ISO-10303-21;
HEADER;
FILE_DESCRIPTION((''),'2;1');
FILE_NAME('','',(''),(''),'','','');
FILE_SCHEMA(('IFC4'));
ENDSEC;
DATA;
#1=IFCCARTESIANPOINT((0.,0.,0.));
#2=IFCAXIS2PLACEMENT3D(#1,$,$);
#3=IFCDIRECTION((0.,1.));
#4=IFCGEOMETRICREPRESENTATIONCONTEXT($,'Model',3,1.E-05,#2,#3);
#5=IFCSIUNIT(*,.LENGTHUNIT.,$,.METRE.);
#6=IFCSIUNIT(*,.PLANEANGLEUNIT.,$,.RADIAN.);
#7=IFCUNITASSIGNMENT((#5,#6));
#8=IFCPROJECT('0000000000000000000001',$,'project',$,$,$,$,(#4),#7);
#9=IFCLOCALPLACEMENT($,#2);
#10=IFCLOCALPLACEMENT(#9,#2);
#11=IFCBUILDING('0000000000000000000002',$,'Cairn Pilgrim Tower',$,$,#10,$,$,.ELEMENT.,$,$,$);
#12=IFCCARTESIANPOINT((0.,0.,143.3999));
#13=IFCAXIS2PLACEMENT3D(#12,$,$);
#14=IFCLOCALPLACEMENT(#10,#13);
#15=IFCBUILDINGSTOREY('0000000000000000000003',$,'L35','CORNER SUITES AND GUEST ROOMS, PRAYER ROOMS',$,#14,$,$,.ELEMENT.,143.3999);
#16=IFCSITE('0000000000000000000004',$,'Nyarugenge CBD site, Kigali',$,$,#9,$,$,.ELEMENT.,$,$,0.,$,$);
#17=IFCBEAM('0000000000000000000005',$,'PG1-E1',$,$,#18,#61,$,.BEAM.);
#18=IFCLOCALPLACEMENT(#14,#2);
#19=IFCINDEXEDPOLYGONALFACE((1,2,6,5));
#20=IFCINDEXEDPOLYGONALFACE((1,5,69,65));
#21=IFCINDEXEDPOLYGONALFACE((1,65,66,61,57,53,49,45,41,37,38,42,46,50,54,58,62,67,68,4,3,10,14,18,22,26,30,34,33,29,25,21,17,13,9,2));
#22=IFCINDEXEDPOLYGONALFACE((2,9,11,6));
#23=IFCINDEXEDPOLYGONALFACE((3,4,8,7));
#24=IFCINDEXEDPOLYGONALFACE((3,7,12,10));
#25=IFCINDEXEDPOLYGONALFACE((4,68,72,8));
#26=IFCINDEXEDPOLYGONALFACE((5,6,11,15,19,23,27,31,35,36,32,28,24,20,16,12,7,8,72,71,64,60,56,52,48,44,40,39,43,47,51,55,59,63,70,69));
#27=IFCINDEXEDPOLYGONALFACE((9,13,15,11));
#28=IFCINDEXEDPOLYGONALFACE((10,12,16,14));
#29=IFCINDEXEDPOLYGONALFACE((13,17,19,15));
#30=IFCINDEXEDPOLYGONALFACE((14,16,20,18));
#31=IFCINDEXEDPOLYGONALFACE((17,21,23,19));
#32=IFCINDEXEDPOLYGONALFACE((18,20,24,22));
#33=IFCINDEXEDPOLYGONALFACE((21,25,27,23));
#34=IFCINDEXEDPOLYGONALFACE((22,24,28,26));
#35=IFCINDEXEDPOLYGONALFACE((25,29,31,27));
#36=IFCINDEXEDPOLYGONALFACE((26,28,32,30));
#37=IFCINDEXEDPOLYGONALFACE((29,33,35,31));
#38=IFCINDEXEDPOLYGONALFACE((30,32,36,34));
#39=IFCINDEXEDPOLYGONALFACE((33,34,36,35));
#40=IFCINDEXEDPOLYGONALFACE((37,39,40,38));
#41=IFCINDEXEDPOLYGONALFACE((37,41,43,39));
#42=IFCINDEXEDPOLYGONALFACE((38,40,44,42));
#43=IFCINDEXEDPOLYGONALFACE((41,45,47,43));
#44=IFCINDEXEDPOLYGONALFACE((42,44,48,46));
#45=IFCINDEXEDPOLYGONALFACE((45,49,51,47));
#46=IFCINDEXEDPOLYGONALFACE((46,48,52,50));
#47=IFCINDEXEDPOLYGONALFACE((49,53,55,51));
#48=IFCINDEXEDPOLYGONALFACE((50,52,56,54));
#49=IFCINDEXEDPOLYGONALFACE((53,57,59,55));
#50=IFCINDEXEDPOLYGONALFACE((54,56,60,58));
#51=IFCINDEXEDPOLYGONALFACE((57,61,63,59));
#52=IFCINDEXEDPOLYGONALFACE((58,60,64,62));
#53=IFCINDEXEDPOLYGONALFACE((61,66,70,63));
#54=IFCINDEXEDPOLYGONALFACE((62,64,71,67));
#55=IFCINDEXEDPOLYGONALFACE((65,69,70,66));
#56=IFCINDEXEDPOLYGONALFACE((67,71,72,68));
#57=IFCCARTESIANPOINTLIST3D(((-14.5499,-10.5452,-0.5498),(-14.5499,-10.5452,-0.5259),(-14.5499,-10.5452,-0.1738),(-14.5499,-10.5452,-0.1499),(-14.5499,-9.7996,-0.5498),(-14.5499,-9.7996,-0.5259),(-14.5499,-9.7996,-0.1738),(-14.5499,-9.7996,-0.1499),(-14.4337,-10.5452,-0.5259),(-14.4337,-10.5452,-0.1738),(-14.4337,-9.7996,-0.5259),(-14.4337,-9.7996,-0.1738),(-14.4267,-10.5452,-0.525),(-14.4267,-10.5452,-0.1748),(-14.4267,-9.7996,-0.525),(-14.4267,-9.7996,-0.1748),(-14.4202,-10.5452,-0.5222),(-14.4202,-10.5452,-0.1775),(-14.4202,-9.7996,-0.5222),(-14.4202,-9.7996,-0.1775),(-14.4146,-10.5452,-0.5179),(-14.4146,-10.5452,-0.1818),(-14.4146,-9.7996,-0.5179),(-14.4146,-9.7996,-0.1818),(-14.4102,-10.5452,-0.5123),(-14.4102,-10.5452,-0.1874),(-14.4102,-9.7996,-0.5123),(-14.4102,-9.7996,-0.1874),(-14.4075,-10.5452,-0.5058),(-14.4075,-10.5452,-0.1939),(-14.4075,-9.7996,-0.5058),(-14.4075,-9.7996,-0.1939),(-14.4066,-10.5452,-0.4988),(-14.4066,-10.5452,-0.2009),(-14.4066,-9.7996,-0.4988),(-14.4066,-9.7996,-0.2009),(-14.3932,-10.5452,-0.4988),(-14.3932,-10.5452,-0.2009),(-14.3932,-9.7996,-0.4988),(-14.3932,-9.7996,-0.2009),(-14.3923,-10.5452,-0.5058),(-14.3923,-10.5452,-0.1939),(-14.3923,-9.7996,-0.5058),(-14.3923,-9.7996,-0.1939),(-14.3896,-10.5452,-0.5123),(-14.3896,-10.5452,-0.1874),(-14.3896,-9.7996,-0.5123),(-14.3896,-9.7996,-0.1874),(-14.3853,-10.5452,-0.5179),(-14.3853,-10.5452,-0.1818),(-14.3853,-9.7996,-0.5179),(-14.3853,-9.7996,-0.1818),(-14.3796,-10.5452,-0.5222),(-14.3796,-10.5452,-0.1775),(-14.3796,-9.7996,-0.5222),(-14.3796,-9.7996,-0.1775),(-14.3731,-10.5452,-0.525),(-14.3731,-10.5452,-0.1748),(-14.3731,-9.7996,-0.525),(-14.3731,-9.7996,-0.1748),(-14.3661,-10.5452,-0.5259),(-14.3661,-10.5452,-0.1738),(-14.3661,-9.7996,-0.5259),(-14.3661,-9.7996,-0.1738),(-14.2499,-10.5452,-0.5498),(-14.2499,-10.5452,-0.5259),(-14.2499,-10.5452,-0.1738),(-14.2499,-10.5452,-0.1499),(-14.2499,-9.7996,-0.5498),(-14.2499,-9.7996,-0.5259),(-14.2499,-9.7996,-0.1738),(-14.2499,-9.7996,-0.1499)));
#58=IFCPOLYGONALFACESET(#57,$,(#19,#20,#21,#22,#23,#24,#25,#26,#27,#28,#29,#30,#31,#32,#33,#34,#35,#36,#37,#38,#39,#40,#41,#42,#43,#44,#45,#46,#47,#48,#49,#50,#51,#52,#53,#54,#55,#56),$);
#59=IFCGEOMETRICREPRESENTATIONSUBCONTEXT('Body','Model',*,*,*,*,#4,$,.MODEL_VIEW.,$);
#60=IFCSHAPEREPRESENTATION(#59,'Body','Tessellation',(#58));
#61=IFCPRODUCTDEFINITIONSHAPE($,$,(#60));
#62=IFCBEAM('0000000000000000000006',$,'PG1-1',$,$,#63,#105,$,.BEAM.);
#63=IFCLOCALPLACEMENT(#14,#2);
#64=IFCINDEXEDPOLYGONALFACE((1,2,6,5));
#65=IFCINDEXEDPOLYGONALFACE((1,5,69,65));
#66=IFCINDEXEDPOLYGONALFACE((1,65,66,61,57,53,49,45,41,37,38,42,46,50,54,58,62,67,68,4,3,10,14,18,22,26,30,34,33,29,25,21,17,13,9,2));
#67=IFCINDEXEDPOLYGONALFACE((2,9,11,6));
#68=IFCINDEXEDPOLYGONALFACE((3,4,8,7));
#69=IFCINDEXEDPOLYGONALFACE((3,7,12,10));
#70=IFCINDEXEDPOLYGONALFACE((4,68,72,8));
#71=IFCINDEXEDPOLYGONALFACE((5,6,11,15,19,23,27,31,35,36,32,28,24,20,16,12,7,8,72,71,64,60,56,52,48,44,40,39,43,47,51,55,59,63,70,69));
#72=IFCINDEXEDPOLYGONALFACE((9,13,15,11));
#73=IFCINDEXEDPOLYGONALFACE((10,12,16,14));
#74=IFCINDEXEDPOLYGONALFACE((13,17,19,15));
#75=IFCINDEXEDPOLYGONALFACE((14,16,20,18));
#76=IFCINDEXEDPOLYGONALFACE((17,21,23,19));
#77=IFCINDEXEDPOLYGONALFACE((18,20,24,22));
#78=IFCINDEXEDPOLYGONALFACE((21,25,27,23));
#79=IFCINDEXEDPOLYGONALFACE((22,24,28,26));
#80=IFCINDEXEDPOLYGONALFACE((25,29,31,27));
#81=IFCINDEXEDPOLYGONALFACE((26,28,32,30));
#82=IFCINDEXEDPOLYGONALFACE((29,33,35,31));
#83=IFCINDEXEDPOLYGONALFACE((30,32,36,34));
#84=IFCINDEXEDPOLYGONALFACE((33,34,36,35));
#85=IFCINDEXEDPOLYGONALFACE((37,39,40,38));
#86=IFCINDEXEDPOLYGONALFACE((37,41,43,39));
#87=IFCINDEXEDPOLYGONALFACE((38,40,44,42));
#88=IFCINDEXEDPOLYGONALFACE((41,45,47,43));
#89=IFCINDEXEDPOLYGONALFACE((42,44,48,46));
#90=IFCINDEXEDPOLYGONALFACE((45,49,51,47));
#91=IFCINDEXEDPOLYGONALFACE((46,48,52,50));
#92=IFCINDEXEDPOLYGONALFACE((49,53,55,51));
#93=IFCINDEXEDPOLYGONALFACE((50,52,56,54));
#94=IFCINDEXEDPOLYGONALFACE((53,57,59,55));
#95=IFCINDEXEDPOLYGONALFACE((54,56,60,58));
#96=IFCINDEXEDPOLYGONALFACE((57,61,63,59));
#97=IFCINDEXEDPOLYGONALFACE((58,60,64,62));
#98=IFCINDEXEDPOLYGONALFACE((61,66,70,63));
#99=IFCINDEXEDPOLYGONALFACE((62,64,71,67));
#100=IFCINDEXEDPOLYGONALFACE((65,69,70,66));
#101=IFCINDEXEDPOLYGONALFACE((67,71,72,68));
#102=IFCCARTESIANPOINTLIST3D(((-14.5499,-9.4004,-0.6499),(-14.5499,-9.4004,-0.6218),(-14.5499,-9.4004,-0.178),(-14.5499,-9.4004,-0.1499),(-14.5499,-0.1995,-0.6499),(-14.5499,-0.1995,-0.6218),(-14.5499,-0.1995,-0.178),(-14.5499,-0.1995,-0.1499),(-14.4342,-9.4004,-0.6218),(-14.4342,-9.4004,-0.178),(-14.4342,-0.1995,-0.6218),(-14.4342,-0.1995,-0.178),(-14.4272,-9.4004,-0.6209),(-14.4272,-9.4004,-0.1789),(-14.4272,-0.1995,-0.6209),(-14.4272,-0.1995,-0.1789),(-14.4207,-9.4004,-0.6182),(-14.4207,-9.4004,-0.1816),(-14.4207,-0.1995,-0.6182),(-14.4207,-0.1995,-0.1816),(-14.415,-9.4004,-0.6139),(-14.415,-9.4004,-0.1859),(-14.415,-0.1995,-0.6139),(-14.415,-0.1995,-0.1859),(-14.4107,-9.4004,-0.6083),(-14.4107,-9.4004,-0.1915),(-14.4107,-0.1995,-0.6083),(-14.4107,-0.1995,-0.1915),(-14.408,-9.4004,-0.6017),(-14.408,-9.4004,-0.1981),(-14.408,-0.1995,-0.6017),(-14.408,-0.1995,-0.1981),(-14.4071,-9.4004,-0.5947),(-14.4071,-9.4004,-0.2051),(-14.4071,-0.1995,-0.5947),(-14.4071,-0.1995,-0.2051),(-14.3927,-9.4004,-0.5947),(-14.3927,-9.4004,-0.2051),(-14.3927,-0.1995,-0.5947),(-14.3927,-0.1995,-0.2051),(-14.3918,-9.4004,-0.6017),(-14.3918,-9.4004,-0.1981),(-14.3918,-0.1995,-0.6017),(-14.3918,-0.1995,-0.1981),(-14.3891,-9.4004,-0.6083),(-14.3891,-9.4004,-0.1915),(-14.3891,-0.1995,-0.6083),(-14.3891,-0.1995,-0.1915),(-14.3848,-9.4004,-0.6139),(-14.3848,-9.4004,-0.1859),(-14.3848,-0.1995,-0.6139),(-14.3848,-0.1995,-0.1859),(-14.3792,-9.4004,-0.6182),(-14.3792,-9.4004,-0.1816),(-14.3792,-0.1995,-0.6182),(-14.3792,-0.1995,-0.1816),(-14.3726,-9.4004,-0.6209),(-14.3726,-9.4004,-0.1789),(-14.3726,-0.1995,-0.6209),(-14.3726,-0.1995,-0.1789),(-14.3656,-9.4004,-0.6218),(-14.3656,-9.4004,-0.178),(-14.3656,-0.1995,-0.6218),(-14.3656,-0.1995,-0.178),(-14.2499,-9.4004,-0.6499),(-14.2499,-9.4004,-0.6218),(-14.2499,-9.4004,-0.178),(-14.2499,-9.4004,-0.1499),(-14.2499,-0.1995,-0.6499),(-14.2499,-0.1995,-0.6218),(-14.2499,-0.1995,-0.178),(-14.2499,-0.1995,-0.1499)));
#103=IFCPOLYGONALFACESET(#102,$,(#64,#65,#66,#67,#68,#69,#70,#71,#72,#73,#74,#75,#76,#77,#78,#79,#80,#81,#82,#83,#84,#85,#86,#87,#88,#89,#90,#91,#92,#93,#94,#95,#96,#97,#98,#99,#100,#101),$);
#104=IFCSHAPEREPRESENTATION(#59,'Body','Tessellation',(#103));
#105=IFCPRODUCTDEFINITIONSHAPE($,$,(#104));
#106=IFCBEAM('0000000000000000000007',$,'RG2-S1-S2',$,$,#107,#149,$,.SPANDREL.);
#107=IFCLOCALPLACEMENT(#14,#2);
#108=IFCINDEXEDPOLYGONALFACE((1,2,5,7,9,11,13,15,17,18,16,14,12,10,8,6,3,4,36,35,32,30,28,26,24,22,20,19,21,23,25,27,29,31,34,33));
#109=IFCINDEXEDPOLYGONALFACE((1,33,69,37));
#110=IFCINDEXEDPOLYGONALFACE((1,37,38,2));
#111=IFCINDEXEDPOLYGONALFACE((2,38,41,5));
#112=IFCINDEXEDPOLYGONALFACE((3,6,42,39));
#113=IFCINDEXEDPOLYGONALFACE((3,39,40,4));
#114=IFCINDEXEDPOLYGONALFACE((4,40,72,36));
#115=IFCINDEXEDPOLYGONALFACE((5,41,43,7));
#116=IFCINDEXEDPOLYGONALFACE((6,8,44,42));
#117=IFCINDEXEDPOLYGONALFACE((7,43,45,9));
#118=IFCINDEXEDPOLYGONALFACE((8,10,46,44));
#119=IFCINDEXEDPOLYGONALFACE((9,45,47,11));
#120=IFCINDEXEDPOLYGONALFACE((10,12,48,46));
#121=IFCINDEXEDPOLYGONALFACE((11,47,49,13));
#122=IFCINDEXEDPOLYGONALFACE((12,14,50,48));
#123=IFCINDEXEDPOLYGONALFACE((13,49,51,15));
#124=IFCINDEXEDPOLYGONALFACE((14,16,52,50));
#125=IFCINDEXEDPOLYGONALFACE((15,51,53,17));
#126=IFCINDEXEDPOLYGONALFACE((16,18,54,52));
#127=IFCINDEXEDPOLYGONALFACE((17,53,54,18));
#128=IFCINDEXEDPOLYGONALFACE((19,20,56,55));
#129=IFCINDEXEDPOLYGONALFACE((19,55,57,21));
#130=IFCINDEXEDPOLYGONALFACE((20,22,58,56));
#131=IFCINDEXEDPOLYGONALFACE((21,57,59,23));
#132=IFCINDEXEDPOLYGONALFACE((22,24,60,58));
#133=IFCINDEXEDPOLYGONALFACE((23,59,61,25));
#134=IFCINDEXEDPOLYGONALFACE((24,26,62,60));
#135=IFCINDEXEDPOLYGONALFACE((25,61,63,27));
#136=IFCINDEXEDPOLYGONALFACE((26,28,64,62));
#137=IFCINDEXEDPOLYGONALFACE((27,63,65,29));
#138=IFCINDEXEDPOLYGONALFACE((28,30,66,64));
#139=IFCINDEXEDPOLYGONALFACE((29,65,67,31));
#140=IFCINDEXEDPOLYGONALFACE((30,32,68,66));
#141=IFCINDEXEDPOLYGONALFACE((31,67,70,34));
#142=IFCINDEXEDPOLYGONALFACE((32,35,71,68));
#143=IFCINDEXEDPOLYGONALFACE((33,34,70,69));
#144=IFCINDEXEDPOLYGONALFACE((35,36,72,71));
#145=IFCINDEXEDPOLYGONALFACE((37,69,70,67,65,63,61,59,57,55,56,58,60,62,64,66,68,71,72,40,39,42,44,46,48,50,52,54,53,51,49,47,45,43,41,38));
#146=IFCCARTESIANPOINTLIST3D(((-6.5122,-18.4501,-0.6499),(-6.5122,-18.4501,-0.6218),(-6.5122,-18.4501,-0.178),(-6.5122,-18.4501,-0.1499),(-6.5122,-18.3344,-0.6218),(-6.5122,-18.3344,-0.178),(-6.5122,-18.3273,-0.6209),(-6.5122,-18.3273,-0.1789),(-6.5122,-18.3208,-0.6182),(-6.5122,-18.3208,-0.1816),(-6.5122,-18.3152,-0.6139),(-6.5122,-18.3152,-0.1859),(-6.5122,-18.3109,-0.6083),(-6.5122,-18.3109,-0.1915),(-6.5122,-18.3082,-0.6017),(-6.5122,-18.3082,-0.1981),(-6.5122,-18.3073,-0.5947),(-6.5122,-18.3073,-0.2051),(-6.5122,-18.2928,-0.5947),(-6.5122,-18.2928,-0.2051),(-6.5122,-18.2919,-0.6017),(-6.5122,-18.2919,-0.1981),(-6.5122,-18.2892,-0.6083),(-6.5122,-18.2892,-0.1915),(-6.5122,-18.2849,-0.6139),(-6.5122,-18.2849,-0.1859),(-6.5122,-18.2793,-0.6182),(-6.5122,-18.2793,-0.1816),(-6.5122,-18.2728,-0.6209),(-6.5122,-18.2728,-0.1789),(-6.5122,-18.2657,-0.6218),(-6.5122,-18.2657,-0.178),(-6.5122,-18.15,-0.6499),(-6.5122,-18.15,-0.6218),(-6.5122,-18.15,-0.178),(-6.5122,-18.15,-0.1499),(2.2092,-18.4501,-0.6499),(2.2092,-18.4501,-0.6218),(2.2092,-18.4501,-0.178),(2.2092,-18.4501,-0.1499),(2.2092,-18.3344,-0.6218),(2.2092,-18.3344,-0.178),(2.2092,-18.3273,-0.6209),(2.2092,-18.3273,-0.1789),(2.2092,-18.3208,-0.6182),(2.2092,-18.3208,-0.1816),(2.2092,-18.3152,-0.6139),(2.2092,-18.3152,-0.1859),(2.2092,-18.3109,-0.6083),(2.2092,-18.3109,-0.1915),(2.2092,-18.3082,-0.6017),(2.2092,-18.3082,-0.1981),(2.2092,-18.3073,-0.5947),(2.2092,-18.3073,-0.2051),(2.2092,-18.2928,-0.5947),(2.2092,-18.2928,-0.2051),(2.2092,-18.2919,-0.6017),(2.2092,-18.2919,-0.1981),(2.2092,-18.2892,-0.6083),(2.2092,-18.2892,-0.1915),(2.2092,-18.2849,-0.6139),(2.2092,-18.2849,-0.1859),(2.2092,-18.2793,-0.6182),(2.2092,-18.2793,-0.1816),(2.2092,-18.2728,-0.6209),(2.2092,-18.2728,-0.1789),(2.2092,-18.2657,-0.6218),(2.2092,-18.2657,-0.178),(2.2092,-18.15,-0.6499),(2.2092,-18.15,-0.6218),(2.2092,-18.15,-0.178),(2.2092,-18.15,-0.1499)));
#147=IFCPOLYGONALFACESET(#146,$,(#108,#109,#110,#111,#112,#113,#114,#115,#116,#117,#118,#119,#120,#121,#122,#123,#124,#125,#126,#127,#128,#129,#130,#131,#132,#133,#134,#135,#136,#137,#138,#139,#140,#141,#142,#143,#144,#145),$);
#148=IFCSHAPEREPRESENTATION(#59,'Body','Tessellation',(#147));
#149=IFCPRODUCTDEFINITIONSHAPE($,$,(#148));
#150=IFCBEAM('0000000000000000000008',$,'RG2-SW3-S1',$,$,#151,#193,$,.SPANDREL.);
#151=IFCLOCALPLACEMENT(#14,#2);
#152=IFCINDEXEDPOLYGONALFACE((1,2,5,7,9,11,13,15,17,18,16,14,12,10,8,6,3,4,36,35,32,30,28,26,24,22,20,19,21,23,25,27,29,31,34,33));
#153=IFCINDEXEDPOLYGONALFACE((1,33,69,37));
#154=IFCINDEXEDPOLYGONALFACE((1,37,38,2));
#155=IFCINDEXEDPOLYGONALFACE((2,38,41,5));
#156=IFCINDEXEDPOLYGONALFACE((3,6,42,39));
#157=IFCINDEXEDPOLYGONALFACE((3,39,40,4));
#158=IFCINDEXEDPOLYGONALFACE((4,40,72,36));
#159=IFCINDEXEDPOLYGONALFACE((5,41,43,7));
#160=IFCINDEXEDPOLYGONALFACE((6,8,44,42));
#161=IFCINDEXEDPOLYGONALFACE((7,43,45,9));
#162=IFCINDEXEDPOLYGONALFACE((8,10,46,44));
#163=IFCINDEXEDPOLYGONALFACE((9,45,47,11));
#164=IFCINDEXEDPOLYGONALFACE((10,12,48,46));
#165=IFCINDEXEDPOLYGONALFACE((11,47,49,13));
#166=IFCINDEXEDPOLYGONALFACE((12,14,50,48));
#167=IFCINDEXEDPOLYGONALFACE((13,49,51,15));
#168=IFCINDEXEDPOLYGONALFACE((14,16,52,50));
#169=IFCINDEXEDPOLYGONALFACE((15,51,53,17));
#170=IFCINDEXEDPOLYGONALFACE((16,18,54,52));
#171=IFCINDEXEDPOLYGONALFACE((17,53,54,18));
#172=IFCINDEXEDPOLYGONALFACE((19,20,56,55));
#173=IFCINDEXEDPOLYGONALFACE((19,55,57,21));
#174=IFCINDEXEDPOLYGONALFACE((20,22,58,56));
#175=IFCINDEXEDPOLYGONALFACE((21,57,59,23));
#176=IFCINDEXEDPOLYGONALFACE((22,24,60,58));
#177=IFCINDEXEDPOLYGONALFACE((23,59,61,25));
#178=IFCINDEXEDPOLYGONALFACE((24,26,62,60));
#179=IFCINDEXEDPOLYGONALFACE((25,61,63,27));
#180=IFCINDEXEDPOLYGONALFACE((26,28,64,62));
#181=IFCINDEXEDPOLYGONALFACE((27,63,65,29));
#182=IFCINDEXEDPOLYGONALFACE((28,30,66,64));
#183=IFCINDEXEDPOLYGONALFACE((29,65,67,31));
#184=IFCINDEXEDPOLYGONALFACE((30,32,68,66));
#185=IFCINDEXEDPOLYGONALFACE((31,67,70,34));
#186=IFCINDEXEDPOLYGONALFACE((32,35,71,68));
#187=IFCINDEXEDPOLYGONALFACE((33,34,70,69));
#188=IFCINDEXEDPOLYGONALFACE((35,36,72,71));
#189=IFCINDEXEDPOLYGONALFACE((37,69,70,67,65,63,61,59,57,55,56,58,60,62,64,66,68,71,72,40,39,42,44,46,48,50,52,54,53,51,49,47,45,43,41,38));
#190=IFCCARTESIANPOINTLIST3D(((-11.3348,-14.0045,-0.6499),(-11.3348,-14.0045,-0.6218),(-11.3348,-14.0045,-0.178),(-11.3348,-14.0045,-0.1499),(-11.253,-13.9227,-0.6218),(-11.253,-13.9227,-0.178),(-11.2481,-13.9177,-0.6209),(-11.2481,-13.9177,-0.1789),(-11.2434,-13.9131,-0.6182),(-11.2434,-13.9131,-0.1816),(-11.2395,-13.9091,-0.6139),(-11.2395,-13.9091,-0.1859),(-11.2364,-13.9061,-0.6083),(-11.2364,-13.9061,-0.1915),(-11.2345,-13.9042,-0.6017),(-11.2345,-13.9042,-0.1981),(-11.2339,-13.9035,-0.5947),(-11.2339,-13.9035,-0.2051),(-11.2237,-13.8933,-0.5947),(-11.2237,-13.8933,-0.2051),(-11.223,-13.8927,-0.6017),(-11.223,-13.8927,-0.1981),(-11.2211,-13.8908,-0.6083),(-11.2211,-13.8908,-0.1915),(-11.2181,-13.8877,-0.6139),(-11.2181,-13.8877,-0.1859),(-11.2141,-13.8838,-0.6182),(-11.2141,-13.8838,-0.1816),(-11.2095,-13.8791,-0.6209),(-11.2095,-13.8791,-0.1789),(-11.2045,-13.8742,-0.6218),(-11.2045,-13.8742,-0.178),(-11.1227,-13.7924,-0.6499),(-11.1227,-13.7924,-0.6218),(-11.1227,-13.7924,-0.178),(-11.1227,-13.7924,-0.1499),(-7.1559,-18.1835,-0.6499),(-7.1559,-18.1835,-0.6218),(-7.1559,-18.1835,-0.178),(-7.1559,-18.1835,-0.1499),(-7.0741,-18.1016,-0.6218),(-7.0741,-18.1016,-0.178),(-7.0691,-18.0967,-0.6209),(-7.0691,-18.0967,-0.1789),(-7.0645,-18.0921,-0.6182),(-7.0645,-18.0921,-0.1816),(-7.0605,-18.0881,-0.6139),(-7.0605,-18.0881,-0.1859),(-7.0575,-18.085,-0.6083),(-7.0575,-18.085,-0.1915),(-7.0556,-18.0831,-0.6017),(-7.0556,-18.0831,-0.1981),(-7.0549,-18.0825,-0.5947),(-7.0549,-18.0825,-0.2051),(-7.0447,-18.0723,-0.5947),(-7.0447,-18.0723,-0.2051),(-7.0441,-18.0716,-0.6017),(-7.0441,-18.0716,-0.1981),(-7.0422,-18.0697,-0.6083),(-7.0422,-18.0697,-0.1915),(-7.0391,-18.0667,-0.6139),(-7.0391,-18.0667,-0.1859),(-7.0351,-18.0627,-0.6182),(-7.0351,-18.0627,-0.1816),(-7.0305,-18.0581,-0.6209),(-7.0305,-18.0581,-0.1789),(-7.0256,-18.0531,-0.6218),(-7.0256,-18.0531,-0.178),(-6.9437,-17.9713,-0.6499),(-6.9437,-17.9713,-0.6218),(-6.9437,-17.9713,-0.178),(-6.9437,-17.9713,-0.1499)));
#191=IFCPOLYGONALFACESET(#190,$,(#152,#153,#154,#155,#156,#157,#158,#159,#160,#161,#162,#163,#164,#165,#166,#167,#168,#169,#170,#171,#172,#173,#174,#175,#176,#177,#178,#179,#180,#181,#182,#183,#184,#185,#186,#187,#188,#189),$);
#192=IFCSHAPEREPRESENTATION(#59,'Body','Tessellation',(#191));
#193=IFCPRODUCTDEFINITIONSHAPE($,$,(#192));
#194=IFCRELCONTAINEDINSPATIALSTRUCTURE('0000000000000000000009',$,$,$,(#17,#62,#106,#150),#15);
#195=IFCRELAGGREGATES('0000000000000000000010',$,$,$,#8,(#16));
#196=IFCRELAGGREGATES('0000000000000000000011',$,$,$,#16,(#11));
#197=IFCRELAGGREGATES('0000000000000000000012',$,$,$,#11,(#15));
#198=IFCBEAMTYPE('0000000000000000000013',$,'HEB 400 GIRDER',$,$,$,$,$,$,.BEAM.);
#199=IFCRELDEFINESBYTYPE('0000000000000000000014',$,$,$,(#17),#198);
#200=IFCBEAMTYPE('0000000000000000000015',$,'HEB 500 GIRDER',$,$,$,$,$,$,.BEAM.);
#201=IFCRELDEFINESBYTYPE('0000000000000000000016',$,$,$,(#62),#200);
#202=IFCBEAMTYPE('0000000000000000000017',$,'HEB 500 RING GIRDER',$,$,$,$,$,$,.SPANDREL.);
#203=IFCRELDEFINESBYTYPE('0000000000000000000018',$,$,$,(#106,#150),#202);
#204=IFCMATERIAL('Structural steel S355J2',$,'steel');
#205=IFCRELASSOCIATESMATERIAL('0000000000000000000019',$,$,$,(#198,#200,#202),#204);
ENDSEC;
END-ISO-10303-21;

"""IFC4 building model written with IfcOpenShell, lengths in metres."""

from ifc_helpers import new_model, si_unit, direction, frame, origin, origin_2d, place, context, subcontext, project, spatial, i_section, extrude, material, material_profile, profile_set, type_object, element, save


model = new_model("IFC4")

# Units and contexts
model_context = context("Model", 3, precision=1e-05, world=origin(), true_north=direction((0.0, 1.0)))
body_context = subcontext(model_context, "Body", "Model", "MODEL_VIEW")
ifc_project = project(units=[si_unit("LENGTHUNIT", "METRE"), si_unit("PLANEANGLEUNIT", "RADIAN")], contexts=[model_context])

# Site, building, storey
site_placement = place(None, origin())
site = spatial("IfcSite", under=ifc_project, at=site_placement, Name="Nyarugenge CBD site, Kigali", CompositionType="ELEMENT", RefElevation=0.0)
building_placement = place(site_placement, origin())
building = spatial("IfcBuilding", under=site, at=building_placement, Name="Cairn Pilgrim Tower", CompositionType="ELEMENT")
storey_placement = place(building_placement, frame((0.0, 0.0, 143.3999)))
storey = spatial("IfcBuildingStorey", under=building, at=storey_placement, Name="L35", Description="CORNER SUITES AND GUEST ROOMS, PRAYER ROOMS", CompositionType="ELEMENT", Elevation=143.3999)

# Shared definitions
ifc_material_1 = material(Name="Structural steel S355J2", Category="steel")

# Beams
ifc_material_profile_1 = material_profile(ifc_material_1, i_section(OverallWidth=0.3, OverallDepth=0.3999, WebThickness=0.0134, FlangeThickness=0.0239, FilletRadius=0.0271, at=origin_2d()), Name="HEB 400")
ifc_profile_set_1 = profile_set([ifc_material_profile_1], Name="Structural steel S355J2")
beam_type_1 = type_object("IfcBeamType", Name="HEB 400 GIRDER", PredefinedType="BEAM", material=ifc_profile_set_1)
beam_1_placement = place(storey_placement, frame((-14.3999, -10.5452, -0.3499), z_axis=(0.0, 1.0, 0.0), x_axis=(-1.0, 0.0, 0.0)))
element("IfcBeam", 1, at=beam_1_placement, inside=storey, type_object=beam_type_1, Name="PG1-E1", PredefinedType="BEAM", context=body_context, shape_type="SweptSolid", body=[
    extrude(i_section(OverallWidth=0.3, OverallDepth=0.3999, WebThickness=0.0134, FlangeThickness=0.0239, FilletRadius=0.0271, at=origin_2d()), origin(), (0.0, 0.0, 1.0), 0.7456),
])
ifc_material_profile_2 = material_profile(ifc_material_1, i_section(OverallWidth=0.3, OverallDepth=0.5, WebThickness=0.0144, FlangeThickness=0.0281, FilletRadius=0.0271, at=origin_2d()), Name="HEB 500")
ifc_profile_set_2 = profile_set([ifc_material_profile_2], Name="Structural steel S355J2")
beam_type_2 = type_object("IfcBeamType", Name="HEB 500 GIRDER", PredefinedType="BEAM", material=ifc_profile_set_2)
beam_2_placement = place(storey_placement, frame((-14.3999, -9.4004, -0.3999), z_axis=(0.0, 1.0, 0.0), x_axis=(-1.0, 0.0, 0.0)))
element("IfcBeam", 2, at=beam_2_placement, inside=storey, type_object=beam_type_2, Name="PG1-1", PredefinedType="BEAM", context=body_context, shape_type="SweptSolid", body=[
    extrude(i_section(OverallWidth=0.3, OverallDepth=0.5, WebThickness=0.0144, FlangeThickness=0.0281, FilletRadius=0.0271, at=origin_2d()), origin(), (0.0, 0.0, 1.0), 9.2009),
])
ifc_material_profile_3 = material_profile(ifc_material_1, i_section(OverallWidth=0.3, OverallDepth=0.5, WebThickness=0.0144, FlangeThickness=0.0281, FilletRadius=0.0271, at=origin_2d()), Name="HEB 500")
ifc_profile_set_3 = profile_set([ifc_material_profile_3], Name="Structural steel S355J2")
beam_type_3 = type_object("IfcBeamType", Name="HEB 500 RING GIRDER", PredefinedType="SPANDREL", material=ifc_profile_set_3)
beam_3_placement = place(storey_placement, frame((-6.5122, -18.3, -0.3999), z_axis=(1.0, 0.0, 0.0), x_axis=(0.0, 1.0, 0.0)))
element("IfcBeam", 3, at=beam_3_placement, inside=storey, type_object=beam_type_3, Name="RG2-S1-S2", PredefinedType="SPANDREL", context=body_context, shape_type="SweptSolid", body=[
    extrude(i_section(OverallWidth=0.3, OverallDepth=0.5, WebThickness=0.0144, FlangeThickness=0.0281, FilletRadius=0.0271, at=origin_2d()), origin(), (0.0, 0.0, 1.0), 8.7214),
])
beam_4_placement = place(storey_placement, frame((-11.2288, -13.8984, -0.3999), z_axis=(0.707107, -0.707107, 0.0), x_axis=(0.707107, 0.707107, 0.0)))
element("IfcBeam", 4, at=beam_4_placement, inside=storey, type_object=beam_type_3, Name="RG2-SW3-S1", PredefinedType="SPANDREL", context=body_context, shape_type="SweptSolid", body=[
    extrude(i_section(OverallWidth=0.3, OverallDepth=0.5, WebThickness=0.0144, FlangeThickness=0.0281, FilletRadius=0.0271, at=origin_2d()), origin(), (0.0, 0.0, 1.0), 5.9099),
])

save(model, "model.ifc")
